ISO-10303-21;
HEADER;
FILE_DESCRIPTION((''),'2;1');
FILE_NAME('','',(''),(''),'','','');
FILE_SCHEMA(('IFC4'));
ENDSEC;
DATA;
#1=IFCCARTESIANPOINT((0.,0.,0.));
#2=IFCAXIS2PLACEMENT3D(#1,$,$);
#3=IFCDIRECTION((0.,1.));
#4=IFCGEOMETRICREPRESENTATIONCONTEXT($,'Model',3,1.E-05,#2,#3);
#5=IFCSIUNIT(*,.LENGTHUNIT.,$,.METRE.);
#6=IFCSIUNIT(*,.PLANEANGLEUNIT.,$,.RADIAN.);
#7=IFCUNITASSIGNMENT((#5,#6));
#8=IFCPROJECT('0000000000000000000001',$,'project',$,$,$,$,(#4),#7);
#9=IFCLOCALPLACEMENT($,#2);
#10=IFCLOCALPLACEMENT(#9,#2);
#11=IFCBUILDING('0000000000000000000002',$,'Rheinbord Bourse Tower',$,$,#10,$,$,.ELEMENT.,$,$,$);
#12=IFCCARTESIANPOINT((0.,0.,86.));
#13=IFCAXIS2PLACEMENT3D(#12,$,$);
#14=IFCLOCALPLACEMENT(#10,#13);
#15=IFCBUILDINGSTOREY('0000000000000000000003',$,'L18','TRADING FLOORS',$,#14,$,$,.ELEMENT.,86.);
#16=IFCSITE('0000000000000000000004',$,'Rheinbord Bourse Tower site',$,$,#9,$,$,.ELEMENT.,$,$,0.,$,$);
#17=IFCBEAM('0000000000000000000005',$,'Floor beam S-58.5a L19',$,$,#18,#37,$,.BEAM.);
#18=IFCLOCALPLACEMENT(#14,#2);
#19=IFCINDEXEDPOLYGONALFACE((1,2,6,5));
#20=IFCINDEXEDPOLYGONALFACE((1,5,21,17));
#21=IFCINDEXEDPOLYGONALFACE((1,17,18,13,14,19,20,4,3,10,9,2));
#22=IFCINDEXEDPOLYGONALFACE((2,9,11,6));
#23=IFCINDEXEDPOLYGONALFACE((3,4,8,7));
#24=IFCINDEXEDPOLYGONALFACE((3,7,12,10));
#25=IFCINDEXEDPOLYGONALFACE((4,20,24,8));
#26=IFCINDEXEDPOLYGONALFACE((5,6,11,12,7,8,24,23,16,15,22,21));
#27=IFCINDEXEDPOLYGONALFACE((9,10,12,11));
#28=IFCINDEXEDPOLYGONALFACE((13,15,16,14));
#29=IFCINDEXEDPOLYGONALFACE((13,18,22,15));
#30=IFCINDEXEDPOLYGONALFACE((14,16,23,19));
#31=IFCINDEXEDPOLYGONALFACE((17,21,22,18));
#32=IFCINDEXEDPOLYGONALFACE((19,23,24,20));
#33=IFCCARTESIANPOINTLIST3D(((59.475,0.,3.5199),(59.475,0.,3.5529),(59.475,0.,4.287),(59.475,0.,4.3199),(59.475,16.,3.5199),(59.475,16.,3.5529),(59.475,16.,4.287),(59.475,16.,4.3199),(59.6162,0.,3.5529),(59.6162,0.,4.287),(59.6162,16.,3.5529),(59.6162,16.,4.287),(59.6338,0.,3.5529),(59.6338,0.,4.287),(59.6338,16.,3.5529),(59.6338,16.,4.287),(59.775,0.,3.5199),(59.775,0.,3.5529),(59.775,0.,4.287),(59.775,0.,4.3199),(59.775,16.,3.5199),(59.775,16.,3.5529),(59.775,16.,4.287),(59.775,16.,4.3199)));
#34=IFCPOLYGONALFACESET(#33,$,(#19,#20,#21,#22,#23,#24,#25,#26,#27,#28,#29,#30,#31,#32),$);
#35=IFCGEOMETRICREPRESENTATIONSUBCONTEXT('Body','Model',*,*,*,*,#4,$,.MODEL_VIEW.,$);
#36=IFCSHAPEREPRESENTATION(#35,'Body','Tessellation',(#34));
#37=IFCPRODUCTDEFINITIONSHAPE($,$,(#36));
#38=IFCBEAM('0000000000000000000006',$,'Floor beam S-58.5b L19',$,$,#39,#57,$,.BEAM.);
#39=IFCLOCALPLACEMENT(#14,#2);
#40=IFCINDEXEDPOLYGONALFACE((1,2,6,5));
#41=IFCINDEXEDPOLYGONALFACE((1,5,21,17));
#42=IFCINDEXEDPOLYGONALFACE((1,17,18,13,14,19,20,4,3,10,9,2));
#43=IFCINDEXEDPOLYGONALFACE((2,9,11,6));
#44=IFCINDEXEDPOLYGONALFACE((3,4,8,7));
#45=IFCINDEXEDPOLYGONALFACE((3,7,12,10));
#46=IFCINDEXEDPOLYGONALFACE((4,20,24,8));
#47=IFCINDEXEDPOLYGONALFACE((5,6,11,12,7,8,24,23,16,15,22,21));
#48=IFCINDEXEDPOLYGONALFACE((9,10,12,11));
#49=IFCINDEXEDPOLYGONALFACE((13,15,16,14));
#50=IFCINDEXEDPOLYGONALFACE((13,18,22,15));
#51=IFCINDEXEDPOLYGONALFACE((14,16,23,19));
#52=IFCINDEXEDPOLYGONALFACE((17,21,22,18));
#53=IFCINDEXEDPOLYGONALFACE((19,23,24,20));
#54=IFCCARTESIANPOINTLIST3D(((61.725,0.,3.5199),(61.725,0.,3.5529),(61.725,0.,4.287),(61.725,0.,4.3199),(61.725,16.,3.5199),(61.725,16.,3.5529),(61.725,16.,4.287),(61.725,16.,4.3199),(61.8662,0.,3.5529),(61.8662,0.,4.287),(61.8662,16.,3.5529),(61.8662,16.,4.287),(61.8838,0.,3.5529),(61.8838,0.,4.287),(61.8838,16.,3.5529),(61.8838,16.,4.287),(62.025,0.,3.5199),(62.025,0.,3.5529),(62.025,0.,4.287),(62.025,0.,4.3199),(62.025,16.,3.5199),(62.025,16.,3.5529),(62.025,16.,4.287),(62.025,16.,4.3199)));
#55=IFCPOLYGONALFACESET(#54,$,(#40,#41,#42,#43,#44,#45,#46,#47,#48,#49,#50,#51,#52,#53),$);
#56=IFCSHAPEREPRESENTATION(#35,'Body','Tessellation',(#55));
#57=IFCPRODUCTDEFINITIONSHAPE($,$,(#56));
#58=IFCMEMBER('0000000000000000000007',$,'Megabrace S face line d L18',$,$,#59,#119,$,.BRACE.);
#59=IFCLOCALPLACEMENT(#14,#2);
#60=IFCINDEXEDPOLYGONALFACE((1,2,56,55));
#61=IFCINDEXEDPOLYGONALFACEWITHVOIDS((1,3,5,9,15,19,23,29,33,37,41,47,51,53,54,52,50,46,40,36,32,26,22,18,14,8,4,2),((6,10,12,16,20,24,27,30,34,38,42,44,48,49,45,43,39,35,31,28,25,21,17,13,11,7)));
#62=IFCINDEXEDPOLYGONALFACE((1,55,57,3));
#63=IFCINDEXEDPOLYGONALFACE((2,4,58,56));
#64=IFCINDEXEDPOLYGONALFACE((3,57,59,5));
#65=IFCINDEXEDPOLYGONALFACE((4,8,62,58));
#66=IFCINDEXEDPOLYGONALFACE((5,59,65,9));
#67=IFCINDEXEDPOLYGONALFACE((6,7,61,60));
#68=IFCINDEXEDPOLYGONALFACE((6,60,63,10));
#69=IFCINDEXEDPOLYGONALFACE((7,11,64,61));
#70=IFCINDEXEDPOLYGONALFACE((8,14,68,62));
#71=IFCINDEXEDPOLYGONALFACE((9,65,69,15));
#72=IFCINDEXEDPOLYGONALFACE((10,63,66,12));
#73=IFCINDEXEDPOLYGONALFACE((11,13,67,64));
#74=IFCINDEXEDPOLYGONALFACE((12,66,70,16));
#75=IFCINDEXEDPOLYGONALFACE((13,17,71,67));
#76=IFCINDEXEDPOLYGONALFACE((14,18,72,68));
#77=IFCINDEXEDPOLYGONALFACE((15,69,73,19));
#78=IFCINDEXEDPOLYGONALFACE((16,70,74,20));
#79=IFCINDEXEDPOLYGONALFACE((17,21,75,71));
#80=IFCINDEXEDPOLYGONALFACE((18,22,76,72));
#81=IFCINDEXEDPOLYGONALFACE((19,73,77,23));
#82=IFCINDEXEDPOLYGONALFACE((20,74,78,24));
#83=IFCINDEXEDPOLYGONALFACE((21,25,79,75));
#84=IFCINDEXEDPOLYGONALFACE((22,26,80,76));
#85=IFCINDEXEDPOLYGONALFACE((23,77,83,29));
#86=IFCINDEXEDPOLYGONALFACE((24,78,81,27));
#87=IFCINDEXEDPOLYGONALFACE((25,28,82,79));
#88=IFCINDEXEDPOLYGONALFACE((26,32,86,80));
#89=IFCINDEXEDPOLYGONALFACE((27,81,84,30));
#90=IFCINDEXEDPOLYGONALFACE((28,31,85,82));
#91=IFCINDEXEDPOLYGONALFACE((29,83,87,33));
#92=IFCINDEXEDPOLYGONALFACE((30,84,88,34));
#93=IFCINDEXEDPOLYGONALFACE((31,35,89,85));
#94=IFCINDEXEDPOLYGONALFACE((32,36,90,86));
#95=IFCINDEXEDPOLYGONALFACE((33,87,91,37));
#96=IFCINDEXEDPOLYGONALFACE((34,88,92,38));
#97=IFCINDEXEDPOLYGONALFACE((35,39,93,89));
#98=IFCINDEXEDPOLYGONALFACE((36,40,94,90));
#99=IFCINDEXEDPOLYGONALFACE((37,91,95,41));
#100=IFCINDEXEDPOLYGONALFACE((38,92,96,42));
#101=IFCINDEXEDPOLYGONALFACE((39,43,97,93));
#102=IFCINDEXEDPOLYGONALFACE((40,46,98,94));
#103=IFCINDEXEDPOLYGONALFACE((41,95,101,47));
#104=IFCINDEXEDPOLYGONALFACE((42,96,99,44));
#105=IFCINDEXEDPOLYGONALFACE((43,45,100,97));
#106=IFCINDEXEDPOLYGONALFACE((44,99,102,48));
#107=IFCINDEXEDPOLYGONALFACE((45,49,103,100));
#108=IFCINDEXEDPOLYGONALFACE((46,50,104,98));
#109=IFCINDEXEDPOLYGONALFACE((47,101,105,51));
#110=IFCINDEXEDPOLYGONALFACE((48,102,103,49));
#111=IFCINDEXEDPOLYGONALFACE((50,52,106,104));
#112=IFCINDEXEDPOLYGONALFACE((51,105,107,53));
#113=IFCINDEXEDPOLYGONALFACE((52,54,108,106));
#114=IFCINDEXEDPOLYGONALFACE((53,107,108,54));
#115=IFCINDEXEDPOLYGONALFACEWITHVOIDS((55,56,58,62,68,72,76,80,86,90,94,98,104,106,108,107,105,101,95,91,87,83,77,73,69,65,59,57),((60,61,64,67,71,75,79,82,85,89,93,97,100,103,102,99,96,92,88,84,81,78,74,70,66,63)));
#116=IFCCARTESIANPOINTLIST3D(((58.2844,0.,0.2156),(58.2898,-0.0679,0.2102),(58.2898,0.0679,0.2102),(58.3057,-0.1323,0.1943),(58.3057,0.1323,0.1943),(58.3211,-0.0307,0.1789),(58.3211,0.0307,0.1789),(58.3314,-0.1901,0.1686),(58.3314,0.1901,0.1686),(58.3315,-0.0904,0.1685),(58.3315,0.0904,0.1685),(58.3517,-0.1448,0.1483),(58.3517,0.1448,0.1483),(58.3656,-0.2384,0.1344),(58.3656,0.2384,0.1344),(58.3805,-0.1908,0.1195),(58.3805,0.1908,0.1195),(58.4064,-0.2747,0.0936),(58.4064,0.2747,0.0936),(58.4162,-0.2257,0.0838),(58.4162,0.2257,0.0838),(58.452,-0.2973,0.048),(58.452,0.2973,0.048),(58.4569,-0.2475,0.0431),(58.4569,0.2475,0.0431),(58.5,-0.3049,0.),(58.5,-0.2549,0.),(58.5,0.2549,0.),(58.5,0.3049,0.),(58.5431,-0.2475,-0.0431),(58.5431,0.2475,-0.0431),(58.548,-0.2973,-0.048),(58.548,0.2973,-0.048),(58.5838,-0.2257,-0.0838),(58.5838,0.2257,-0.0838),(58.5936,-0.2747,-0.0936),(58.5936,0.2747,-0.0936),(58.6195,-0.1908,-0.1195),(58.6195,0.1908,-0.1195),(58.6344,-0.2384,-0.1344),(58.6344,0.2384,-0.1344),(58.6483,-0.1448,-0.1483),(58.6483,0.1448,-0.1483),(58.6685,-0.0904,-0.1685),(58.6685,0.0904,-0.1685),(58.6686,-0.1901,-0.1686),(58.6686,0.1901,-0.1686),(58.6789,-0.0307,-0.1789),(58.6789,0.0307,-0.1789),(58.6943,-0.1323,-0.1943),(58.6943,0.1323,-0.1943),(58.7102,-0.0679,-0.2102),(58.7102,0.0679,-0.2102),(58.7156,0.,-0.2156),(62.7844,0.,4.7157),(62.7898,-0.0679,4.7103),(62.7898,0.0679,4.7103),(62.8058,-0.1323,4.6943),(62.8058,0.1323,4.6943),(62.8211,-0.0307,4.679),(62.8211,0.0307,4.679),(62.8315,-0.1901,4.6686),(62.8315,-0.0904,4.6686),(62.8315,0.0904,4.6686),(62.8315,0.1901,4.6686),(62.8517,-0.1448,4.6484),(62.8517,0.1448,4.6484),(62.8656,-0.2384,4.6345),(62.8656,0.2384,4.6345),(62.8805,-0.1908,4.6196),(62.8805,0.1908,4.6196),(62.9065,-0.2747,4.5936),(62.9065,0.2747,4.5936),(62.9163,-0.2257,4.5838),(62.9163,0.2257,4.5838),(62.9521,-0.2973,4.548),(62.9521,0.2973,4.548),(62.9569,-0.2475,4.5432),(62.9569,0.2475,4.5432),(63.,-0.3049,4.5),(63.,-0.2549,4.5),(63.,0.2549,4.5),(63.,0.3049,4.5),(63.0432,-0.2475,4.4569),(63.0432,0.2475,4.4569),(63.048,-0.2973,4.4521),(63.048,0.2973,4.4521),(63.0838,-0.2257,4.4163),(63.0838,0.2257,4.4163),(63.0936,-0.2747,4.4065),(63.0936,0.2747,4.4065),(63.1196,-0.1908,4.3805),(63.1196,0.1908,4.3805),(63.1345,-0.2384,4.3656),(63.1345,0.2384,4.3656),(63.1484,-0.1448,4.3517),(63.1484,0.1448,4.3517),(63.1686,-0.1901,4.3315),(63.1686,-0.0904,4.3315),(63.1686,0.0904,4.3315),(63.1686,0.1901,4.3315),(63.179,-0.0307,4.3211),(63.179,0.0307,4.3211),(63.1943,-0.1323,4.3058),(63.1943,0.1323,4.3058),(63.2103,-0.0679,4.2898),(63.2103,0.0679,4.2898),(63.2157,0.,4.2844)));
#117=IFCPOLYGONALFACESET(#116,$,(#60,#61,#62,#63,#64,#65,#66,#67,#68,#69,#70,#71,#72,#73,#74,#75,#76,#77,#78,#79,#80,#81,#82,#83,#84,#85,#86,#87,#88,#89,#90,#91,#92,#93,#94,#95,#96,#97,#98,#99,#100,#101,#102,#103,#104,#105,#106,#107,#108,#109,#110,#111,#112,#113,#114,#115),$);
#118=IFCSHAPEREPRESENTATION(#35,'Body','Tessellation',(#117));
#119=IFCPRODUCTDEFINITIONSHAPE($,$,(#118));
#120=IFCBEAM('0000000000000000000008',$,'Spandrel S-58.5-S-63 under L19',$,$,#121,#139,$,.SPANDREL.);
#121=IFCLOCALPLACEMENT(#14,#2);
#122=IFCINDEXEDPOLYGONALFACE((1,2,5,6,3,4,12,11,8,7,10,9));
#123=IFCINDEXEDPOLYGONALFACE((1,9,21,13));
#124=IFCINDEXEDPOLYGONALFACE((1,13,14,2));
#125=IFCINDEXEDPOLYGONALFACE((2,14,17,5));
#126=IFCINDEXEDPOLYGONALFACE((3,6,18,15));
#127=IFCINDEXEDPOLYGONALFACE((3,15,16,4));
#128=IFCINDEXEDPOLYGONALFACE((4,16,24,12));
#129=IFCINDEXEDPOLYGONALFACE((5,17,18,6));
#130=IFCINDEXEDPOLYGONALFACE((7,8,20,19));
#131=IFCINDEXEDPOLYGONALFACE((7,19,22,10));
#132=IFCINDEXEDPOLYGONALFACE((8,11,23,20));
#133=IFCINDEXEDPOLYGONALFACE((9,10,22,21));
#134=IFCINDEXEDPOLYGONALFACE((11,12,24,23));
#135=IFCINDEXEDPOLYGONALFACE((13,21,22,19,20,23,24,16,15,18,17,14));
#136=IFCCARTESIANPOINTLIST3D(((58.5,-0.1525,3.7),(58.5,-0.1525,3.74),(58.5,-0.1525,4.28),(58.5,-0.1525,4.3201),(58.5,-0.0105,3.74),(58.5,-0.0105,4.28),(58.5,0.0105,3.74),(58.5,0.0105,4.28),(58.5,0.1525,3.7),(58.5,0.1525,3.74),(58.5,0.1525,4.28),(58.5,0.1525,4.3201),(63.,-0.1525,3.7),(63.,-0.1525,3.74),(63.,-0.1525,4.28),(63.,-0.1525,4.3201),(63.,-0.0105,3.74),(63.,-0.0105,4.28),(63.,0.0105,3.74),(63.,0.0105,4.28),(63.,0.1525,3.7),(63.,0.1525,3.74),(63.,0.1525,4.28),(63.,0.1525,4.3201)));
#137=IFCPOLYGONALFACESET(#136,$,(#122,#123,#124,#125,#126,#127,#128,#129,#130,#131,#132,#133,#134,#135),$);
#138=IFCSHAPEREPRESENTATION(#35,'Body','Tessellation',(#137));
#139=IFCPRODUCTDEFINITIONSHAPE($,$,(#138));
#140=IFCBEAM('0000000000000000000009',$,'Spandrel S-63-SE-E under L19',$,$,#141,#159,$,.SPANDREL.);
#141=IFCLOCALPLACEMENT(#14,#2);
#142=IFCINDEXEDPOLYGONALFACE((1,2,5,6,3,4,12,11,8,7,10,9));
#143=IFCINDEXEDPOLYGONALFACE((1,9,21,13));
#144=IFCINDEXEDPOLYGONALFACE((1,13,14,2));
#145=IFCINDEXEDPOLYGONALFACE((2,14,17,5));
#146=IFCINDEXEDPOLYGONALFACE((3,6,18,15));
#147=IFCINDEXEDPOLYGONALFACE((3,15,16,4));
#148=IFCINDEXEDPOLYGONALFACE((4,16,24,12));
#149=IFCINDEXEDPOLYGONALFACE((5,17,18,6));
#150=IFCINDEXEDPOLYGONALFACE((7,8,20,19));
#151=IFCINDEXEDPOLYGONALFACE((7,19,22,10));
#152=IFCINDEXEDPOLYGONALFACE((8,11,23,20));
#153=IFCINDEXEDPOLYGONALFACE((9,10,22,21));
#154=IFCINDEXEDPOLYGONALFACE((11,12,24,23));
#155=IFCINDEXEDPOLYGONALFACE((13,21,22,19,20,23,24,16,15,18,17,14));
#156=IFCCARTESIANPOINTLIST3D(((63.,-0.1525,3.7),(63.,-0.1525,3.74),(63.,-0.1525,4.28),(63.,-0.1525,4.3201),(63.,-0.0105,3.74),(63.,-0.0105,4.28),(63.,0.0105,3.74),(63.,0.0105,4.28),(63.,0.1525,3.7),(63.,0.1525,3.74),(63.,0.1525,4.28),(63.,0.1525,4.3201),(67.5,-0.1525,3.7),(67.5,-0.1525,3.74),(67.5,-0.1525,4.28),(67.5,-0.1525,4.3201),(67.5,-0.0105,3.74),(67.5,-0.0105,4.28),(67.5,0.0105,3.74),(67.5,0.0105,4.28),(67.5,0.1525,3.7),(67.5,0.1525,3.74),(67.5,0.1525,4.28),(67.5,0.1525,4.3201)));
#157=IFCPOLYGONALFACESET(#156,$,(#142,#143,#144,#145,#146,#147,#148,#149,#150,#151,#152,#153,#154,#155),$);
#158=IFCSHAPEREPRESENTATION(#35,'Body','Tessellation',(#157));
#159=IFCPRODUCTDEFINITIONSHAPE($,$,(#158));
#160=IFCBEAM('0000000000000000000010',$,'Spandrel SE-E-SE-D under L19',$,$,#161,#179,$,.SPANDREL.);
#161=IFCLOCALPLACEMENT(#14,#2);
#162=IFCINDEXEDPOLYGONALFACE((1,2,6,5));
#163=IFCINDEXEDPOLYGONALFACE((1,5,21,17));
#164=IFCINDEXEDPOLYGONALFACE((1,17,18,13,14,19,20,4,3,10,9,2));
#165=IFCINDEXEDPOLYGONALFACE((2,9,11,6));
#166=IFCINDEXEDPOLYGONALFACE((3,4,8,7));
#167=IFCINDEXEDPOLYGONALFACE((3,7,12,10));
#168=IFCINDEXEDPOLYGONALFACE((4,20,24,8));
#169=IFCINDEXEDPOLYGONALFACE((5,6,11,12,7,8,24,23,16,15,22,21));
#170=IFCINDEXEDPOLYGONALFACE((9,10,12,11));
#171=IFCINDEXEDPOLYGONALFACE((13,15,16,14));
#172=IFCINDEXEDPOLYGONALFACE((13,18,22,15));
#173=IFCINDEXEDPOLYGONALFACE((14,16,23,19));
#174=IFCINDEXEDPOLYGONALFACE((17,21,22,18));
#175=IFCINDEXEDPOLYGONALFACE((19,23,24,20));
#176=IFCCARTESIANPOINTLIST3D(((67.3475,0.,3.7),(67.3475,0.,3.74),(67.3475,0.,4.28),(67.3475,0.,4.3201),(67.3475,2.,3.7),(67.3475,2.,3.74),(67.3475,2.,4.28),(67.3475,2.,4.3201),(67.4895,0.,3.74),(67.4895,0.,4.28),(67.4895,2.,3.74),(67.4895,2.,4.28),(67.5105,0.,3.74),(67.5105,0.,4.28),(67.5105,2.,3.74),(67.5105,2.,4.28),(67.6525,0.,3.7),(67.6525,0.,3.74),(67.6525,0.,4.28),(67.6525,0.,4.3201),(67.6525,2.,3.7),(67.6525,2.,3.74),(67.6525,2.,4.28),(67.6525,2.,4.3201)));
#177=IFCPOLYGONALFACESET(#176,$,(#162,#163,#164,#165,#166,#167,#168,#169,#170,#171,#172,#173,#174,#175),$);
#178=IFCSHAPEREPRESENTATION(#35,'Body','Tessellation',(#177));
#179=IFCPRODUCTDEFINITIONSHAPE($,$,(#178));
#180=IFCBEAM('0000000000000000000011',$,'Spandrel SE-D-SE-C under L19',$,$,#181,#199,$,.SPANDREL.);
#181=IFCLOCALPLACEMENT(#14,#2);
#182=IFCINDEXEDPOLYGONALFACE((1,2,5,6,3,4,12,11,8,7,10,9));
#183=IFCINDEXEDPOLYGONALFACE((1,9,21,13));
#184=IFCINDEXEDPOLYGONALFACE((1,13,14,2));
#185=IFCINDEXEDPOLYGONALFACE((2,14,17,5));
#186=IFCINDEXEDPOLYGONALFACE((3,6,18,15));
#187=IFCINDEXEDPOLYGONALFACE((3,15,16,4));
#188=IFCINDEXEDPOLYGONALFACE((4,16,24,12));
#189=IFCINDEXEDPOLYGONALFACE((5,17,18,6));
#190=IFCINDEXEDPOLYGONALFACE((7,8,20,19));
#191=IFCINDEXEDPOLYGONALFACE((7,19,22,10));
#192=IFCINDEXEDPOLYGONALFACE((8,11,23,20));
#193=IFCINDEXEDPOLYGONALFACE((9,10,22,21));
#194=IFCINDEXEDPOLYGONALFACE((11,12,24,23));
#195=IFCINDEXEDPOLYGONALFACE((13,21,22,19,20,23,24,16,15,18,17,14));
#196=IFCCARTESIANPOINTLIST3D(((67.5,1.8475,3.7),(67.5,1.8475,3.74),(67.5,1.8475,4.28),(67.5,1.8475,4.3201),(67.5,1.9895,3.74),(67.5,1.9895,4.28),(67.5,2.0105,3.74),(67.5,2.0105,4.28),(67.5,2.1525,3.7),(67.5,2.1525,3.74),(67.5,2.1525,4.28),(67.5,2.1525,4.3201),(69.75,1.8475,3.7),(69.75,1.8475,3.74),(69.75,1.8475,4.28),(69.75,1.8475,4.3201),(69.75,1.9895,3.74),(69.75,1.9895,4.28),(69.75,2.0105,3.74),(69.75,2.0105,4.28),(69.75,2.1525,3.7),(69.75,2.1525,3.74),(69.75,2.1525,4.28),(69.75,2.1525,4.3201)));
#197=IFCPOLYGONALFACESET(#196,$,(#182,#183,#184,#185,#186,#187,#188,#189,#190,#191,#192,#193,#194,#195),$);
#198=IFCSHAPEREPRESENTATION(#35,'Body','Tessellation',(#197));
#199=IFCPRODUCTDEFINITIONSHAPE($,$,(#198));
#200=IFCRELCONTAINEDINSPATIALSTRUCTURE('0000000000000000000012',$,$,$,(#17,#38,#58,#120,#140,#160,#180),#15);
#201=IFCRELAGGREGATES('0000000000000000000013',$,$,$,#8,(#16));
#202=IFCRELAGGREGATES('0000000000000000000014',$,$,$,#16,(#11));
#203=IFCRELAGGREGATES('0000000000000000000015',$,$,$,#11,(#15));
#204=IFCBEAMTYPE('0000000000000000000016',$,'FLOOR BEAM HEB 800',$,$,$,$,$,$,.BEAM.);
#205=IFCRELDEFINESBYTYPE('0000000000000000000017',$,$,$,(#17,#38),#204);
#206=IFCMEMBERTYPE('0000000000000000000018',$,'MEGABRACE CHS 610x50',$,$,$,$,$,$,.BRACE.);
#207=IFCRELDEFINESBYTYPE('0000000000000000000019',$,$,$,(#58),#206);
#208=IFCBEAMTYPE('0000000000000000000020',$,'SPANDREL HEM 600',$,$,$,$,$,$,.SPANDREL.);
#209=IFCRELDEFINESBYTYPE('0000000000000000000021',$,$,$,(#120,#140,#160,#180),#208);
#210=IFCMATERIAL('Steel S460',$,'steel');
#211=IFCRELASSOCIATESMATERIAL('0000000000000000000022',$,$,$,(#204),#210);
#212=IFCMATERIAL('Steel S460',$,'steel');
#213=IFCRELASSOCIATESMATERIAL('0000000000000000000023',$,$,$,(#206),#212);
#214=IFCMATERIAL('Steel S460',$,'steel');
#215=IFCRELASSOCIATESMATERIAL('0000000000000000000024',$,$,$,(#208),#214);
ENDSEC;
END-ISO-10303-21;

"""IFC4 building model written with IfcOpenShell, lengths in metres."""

from ifc_helpers import new_model, si_unit, direction, frame, origin, origin_2d, place, context, subcontext, project, spatial, hollow_circle, i_section, extrude, material, material_profile, profile_set, type_object, element, save


model = new_model("IFC4")

# Units and contexts
model_context = context("Model", 3, precision=1e-05, world=origin(), true_north=direction((0.0, 1.0)))
body_context = subcontext(model_context, "Body", "Model", "MODEL_VIEW")
ifc_project = project(units=[si_unit("LENGTHUNIT", "METRE"), si_unit("PLANEANGLEUNIT", "RADIAN")], contexts=[model_context])

# Site, building, storey
site_placement = place(None, origin())
site = spatial("IfcSite", under=ifc_project, at=site_placement, Name="Rheinbord Bourse Tower site", CompositionType="ELEMENT", RefElevation=0.0)
building_placement = place(site_placement, origin())
building = spatial("IfcBuilding", under=site, at=building_placement, Name="Rheinbord Bourse Tower", CompositionType="ELEMENT")
storey_placement = place(building_placement, frame((0.0, 0.0, 86.0)))
storey = spatial("IfcBuildingStorey", under=building, at=storey_placement, Name="L18", Description="TRADING FLOORS", CompositionType="ELEMENT", Elevation=86.0)

# Beams
ifc_material_1 = material(Name="Steel S460", Category="steel")
ifc_material_profile_1 = material_profile(ifc_material_1, i_section(OverallWidth=0.3, OverallDepth=0.8, WebThickness=0.0176, FlangeThickness=0.033, at=origin_2d()), Name="HEB 800")
ifc_profile_set_1 = profile_set([ifc_material_profile_1], Name="Steel S460")
beam_type_1 = type_object("IfcBeamType", Name="FLOOR BEAM HEB 800", PredefinedType="BEAM", material=ifc_profile_set_1)
for number, where, z_axis, x_axis, name in (
    (1, (59.625, 0.0, 3.9199), (0.0, 1.0, 0.0), (-1.0, 0.0, 0.0), "Floor beam S-58.5a L19"),
    (2, (61.875, 0.0, 3.9199), (0.0, 1.0, 0.0), (-1.0, 0.0, 0.0), "Floor beam S-58.5b L19"),
):
    element("IfcBeam", number, at=place(storey_placement, frame(where, z_axis=z_axis, x_axis=x_axis)), inside=storey, type_object=beam_type_1, Name=name, PredefinedType="BEAM", context=body_context, shape_type="SweptSolid", body=[
        extrude(i_section(OverallWidth=0.3, OverallDepth=0.8, WebThickness=0.0176, FlangeThickness=0.033, at=origin_2d()), origin(), (0.0, 0.0, 1.0), 16.0),
    ])

# Member
ifc_material_2 = material(Name="Steel S460", Category="steel")
ifc_material_profile_2 = material_profile(ifc_material_2, hollow_circle(Radius=0.3049, WallThickness=0.05, at=origin_2d()), Name="CHS 610x50")
ifc_profile_set_2 = profile_set([ifc_material_profile_2], Name="Steel S460")
member_type_1 = type_object("IfcMemberType", Name="MEGABRACE CHS 610x50", PredefinedType="BRACE", material=ifc_profile_set_2)
member_1_placement = place(storey_placement, frame((58.5, 0.0, 0.0), z_axis=(0.707107, 0.0, 0.707107), x_axis=(0.0, 1.0, 0.0)))
element("IfcMember", 3, at=member_1_placement, inside=storey, type_object=member_type_1, Name="Megabrace S face line d L18", PredefinedType="BRACE", context=body_context, shape_type="SweptSolid", body=[
    extrude(hollow_circle(Radius=0.3049, WallThickness=0.05, at=origin_2d()), origin(), (0.0, 0.0, 1.0), 6.364),
])

# Beams
ifc_material_3 = material(Name="Steel S460", Category="steel")
ifc_material_profile_3 = material_profile(ifc_material_3, i_section(OverallWidth=0.3049, OverallDepth=0.6201, WebThickness=0.021, FlangeThickness=0.04, at=origin_2d()), Name="HEM 600")
ifc_profile_set_3 = profile_set([ifc_material_profile_3], Name="Steel S460")
beam_type_2 = type_object("IfcBeamType", Name="SPANDREL HEM 600", PredefinedType="SPANDREL", material=ifc_profile_set_3)
for number, where, z_axis, x_axis, name in (
    (4, (58.5, 0.0, 4.01), (1.0, 0.0, 0.0), (0.0, 1.0, 0.0), "Spandrel S-58.5-S-63 under L19"),
    (5, (63.0, 0.0, 4.01), (1.0, 0.0, 0.0), (0.0, 1.0, 0.0), "Spandrel S-63-SE-E under L19"),
):
    element("IfcBeam", number, at=place(storey_placement, frame(where, z_axis=z_axis, x_axis=x_axis)), inside=storey, type_object=beam_type_2, Name=name, PredefinedType="SPANDREL", context=body_context, shape_type="SweptSolid", body=[
        extrude(i_section(OverallWidth=0.3049, OverallDepth=0.6201, WebThickness=0.021, FlangeThickness=0.04, at=origin_2d()), origin(), (0.0, 0.0, 1.0), 4.5),
    ])
beam_1_placement = place(storey_placement, frame((67.5, 0.0, 4.01), z_axis=(0.0, 1.0, 0.0), x_axis=(-1.0, 0.0, 0.0)))
element("IfcBeam", 6, at=beam_1_placement, inside=storey, type_object=beam_type_2, Name="Spandrel SE-E-SE-D under L19", PredefinedType="SPANDREL", context=body_context, shape_type="SweptSolid", body=[
    extrude(i_section(OverallWidth=0.3049, OverallDepth=0.6201, WebThickness=0.021, FlangeThickness=0.04, at=origin_2d()), origin(), (0.0, 0.0, 1.0), 2.0),
])
beam_2_placement = place(storey_placement, frame((67.5, 2.0, 4.01), z_axis=(1.0, 0.0, 0.0), x_axis=(0.0, 1.0, 0.0)))
element("IfcBeam", 7, at=beam_2_placement, inside=storey, type_object=beam_type_2, Name="Spandrel SE-D-SE-C under L19", PredefinedType="SPANDREL", context=body_context, shape_type="SweptSolid", body=[
    extrude(i_section(OverallWidth=0.3049, OverallDepth=0.6201, WebThickness=0.021, FlangeThickness=0.04, at=origin_2d()), origin(), (0.0, 0.0, 1.0), 2.25),
])

save(model, "model.ifc")
